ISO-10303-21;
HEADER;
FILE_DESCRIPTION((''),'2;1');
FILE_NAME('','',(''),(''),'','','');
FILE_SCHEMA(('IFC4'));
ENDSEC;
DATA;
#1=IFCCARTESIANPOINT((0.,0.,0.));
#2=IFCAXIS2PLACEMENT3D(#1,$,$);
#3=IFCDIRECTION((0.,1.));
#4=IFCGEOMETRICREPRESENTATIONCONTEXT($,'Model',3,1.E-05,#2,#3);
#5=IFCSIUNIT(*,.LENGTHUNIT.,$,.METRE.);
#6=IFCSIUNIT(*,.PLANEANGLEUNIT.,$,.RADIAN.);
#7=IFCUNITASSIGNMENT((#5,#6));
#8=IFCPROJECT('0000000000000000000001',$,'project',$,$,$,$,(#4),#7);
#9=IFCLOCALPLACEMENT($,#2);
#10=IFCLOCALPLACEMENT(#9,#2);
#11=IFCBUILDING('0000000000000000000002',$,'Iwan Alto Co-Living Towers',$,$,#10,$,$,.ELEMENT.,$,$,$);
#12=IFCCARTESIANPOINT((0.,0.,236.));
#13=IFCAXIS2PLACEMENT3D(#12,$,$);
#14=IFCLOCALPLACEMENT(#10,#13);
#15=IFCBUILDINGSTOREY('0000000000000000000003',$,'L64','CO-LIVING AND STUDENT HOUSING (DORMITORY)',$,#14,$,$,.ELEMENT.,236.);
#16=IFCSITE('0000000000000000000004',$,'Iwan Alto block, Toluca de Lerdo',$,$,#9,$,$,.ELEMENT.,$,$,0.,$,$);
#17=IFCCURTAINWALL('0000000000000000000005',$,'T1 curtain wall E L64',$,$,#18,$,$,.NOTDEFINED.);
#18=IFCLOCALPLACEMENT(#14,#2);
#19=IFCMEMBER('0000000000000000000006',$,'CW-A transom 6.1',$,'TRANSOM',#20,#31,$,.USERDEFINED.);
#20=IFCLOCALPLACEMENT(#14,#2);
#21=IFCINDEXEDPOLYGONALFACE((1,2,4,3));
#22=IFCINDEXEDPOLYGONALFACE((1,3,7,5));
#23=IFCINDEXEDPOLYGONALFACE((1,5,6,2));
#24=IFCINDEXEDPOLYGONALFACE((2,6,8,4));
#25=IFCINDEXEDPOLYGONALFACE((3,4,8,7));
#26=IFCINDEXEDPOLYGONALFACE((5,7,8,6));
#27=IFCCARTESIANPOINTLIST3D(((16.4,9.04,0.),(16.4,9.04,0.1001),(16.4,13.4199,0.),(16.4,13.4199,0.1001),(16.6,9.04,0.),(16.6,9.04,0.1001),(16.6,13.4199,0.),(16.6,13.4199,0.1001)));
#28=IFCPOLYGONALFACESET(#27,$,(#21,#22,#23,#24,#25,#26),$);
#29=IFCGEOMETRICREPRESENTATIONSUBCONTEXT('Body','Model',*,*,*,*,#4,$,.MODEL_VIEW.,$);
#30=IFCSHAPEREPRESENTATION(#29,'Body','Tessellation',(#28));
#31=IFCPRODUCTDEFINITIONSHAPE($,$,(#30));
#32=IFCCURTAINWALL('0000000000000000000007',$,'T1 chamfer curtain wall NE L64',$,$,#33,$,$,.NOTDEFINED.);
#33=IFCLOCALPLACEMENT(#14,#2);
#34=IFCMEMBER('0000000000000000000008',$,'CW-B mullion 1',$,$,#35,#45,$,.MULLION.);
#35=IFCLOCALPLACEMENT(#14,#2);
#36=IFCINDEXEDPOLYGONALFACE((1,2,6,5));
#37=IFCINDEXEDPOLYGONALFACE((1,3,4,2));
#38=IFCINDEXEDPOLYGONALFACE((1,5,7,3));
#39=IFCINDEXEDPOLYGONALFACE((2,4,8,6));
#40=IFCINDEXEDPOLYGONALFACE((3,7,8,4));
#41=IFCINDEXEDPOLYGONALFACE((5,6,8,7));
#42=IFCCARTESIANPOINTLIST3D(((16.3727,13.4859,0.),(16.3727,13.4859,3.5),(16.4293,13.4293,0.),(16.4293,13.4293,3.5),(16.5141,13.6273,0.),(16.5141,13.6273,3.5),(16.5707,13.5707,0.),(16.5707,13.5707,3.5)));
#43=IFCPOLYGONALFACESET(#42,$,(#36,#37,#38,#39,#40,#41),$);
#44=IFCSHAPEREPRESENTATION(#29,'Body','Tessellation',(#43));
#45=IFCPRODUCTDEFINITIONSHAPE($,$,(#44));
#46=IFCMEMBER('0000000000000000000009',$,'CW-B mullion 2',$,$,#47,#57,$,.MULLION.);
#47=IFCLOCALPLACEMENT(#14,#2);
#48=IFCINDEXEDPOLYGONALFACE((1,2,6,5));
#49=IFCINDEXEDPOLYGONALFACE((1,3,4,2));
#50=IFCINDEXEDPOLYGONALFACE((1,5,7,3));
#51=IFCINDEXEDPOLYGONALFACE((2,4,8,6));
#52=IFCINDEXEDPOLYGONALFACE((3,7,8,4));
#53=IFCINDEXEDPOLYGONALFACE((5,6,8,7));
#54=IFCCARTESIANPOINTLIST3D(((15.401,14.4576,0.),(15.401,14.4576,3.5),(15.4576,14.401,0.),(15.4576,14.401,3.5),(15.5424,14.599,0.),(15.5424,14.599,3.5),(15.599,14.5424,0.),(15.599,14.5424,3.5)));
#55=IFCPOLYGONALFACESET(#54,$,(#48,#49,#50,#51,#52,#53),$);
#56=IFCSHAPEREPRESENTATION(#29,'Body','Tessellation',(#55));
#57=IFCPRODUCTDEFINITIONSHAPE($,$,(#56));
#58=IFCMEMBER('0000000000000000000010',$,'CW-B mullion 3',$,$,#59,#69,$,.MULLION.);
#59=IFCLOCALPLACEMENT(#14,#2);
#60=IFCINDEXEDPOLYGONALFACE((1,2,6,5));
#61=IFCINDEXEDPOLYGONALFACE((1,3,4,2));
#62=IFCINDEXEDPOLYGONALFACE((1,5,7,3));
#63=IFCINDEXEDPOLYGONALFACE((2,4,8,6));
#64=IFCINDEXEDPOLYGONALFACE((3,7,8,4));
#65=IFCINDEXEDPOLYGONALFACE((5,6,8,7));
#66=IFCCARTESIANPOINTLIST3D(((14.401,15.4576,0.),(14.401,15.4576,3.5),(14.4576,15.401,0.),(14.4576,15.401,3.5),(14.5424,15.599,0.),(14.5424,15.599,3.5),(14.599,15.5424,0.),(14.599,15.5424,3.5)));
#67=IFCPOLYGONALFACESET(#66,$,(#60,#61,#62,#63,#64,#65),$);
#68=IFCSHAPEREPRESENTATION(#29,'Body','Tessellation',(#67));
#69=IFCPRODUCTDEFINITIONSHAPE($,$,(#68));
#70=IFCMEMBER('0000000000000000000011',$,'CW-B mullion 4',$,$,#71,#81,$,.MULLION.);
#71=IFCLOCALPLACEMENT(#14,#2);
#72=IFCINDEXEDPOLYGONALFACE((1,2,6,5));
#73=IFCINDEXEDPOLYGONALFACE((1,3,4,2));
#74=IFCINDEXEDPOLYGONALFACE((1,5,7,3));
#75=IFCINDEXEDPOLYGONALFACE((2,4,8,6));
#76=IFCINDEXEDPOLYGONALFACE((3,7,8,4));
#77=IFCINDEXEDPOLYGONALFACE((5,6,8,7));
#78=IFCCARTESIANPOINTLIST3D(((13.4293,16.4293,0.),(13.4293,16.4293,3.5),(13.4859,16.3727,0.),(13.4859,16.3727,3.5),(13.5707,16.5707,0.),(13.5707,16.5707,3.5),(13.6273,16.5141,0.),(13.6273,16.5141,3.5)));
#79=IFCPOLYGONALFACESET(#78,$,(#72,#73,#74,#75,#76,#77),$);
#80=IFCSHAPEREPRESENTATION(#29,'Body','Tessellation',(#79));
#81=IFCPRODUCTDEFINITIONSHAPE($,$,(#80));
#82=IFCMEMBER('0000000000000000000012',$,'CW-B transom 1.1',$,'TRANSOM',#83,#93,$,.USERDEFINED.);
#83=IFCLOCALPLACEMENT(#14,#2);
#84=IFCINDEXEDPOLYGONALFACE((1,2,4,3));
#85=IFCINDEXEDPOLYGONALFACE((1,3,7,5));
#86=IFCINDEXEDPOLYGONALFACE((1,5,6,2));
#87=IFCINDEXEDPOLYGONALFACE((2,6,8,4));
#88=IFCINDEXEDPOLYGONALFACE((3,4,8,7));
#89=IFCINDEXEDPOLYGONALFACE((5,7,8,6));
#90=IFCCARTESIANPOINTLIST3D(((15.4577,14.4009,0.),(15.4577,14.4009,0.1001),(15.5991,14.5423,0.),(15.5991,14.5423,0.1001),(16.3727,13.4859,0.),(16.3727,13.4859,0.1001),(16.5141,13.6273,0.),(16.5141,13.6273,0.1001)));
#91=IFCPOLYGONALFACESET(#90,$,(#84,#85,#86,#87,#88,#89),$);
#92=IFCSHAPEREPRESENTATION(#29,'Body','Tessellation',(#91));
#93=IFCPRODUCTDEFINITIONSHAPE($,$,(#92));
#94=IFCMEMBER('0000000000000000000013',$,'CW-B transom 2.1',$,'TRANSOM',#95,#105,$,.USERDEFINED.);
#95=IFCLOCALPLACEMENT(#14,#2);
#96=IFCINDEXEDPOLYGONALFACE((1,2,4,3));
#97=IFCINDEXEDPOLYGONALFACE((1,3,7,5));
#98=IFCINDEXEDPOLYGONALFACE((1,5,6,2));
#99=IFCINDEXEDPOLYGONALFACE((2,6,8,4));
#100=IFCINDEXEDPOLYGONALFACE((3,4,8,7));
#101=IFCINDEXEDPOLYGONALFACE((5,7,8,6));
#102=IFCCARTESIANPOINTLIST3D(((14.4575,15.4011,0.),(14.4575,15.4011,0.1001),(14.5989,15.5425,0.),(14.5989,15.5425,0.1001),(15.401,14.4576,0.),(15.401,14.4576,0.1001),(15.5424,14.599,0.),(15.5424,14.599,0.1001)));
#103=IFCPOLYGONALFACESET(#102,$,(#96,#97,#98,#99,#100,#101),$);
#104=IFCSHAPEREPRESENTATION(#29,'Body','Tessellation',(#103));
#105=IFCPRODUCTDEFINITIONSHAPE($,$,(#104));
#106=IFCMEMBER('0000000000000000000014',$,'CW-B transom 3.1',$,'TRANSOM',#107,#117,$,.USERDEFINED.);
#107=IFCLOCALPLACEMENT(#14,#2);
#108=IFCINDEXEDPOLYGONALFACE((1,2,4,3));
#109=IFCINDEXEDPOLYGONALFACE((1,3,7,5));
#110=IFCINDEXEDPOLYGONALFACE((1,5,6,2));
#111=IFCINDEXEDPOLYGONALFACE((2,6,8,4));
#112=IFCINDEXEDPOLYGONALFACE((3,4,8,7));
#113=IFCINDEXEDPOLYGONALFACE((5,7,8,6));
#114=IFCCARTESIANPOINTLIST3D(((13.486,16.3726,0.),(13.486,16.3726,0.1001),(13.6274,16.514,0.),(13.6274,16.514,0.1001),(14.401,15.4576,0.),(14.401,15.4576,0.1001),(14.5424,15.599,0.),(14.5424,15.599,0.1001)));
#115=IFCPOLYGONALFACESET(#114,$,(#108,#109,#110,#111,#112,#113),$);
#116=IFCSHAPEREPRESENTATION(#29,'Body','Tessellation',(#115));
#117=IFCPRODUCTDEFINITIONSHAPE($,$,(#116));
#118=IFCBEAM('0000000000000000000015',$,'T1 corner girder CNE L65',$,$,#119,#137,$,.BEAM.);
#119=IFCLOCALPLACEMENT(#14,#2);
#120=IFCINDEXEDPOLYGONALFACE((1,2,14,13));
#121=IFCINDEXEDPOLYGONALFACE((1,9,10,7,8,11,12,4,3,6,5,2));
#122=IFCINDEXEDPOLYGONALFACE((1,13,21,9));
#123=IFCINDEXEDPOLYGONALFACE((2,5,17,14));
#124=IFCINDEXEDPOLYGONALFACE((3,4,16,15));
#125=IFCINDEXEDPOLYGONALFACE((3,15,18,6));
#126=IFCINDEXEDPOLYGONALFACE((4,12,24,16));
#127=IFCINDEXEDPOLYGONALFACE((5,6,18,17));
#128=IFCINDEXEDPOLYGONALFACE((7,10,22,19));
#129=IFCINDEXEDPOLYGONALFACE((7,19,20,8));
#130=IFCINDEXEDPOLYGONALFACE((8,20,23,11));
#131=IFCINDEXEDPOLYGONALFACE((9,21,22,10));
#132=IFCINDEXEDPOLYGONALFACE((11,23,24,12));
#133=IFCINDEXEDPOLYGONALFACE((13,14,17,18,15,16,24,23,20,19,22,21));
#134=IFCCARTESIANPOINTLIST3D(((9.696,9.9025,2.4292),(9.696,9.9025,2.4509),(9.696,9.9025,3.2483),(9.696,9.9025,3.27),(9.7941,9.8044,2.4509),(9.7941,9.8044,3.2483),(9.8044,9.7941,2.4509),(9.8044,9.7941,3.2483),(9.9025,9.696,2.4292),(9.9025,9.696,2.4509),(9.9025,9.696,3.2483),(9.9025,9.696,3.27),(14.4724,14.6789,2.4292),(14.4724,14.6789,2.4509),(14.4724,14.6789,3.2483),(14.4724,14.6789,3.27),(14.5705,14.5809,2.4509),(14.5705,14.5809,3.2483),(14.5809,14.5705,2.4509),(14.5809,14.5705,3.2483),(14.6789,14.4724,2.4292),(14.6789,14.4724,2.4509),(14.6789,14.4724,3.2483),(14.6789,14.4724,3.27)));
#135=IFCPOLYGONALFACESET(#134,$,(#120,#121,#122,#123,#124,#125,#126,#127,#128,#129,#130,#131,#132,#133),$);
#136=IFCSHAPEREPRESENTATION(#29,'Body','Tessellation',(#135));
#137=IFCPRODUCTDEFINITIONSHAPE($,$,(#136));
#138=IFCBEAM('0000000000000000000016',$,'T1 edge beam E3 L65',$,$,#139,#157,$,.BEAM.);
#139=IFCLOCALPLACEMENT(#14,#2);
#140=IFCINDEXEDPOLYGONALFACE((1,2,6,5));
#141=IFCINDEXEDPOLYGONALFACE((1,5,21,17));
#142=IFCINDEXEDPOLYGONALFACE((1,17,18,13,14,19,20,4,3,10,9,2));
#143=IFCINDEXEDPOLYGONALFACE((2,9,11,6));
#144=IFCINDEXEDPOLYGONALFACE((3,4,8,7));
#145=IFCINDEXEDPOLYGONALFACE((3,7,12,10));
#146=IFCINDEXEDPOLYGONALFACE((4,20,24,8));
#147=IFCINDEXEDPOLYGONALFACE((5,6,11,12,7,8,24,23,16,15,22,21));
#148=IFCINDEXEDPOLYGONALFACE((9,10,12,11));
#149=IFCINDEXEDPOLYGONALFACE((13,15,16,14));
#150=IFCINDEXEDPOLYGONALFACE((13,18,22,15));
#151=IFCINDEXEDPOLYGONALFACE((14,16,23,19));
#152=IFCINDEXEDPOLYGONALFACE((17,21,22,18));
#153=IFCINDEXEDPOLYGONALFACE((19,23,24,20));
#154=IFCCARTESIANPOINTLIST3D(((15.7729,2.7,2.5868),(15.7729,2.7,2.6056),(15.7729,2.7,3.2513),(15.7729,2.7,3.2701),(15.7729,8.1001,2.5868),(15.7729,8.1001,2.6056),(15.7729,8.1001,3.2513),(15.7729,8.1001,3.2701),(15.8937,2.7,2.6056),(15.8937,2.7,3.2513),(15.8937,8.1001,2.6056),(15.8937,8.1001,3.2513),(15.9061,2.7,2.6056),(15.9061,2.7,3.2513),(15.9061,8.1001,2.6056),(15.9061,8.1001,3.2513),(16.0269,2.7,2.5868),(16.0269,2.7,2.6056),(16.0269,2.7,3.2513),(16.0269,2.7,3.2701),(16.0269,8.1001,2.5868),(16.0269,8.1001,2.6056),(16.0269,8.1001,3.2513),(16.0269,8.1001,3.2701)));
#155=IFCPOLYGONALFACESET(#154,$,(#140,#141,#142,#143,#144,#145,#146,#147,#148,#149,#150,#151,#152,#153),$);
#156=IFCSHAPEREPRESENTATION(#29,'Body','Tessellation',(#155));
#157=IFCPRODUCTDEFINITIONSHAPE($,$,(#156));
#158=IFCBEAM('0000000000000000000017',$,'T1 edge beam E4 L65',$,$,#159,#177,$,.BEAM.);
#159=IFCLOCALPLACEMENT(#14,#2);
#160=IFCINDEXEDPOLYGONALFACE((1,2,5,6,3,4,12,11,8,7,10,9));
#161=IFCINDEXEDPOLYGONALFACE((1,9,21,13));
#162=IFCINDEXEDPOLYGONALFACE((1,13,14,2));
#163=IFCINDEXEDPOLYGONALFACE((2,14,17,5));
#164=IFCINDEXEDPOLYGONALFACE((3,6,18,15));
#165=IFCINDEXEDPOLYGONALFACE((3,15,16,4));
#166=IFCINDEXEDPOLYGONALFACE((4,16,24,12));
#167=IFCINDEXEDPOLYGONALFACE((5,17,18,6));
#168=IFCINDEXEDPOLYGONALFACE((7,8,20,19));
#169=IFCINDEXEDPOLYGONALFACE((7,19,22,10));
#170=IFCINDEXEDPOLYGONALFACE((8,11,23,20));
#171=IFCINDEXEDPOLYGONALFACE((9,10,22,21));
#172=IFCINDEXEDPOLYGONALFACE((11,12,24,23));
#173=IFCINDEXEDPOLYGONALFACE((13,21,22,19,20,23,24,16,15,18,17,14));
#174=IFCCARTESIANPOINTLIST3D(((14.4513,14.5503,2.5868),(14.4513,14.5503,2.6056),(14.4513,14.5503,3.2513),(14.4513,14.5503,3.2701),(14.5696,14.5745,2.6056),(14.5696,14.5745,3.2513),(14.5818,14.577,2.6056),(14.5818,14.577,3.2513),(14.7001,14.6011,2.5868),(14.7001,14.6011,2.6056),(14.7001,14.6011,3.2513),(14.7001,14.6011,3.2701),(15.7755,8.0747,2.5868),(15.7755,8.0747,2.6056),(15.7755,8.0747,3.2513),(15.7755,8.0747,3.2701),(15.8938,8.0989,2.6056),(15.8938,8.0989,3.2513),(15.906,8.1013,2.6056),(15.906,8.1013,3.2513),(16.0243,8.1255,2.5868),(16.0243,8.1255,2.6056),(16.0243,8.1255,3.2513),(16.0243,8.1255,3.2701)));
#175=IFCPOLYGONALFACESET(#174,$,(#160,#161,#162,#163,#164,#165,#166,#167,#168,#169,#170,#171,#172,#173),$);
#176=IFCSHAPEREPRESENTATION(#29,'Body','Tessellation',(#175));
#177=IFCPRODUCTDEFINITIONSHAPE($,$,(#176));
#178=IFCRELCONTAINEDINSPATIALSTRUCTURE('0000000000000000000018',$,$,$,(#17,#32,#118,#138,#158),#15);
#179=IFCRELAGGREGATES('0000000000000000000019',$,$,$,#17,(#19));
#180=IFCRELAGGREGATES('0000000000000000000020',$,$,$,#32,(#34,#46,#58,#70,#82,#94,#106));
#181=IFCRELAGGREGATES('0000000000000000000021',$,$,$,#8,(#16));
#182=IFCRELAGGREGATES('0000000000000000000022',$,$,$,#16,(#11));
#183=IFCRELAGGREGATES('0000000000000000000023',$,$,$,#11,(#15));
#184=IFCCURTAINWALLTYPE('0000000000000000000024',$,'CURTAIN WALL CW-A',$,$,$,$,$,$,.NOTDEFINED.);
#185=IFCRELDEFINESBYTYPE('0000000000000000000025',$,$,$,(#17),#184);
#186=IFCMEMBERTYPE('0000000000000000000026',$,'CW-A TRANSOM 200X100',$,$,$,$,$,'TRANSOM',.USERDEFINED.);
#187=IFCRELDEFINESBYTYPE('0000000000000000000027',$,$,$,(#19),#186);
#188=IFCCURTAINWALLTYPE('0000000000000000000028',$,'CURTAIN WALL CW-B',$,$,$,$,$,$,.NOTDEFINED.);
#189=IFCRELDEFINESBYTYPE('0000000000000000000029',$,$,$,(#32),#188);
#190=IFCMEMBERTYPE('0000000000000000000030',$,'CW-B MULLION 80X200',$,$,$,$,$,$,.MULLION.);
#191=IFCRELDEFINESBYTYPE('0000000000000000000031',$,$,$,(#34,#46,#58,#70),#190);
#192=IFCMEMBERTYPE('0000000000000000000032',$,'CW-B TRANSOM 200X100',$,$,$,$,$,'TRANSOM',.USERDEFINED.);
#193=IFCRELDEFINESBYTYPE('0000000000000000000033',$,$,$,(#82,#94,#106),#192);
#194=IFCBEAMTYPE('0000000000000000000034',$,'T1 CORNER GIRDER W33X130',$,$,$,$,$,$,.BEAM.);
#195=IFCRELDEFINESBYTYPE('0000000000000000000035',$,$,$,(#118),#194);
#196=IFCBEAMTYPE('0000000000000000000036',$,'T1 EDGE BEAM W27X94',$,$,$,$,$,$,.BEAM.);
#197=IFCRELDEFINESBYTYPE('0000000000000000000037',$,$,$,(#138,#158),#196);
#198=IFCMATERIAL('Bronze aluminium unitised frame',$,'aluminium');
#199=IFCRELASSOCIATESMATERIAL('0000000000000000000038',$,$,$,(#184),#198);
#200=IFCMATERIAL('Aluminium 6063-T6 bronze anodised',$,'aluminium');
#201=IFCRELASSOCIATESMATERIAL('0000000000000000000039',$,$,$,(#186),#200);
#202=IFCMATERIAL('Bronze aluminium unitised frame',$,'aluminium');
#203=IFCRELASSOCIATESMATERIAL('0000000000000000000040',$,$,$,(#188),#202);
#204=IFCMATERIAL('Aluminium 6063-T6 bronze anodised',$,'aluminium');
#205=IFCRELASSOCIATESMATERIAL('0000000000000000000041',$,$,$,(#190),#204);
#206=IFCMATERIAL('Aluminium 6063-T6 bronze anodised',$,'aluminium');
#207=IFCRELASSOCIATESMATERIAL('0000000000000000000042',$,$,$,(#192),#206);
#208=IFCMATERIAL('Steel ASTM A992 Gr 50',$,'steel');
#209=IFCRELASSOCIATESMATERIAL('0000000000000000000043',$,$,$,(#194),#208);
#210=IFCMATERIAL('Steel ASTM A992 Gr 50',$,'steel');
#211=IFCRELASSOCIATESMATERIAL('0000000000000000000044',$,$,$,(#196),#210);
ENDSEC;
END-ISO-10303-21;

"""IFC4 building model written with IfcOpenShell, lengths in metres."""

from ifc_helpers import new_model, si_unit, direction, frame, origin, origin_2d, place, context, subcontext, project, spatial, rectangle, i_section, extrude, material, material_profile, profile_set, type_object, element, aggregate, save


model = new_model("IFC4")

# Units and contexts
model_context = context("Model", 3, precision=1e-05, world=origin(), true_north=direction((0.0, 1.0)))
body_context = subcontext(model_context, "Body", "Model", "MODEL_VIEW")
ifc_project = project(units=[si_unit("LENGTHUNIT", "METRE"), si_unit("PLANEANGLEUNIT", "RADIAN")], contexts=[model_context])

# Site, building, storey
site_placement = place(None, origin())
site = spatial("IfcSite", under=ifc_project, at=site_placement, Name="Iwan Alto block, Toluca de Lerdo", CompositionType="ELEMENT", RefElevation=0.0)
building_placement = place(site_placement, origin())
building = spatial("IfcBuilding", under=site, at=building_placement, Name="Iwan Alto Co-Living Towers", CompositionType="ELEMENT")
storey_placement = place(building_placement, frame((0.0, 0.0, 236.0)))
storey = spatial("IfcBuildingStorey", under=building, at=storey_placement, Name="L64", Description="CO-LIVING AND STUDENT HOUSING (DORMITORY)", CompositionType="ELEMENT", Elevation=236.0)

# Curtain wall
ifc_material_1 = material(Name="Bronze aluminium unitised frame", Category="aluminium")
curtain_wall_type_1 = type_object("IfcCurtainWallType", Name="CURTAIN WALL CW-A", PredefinedType="NOTDEFINED", material=ifc_material_1)
curtain_wall_1_placement = place(storey_placement, origin())
curtain_wall_1 = element("IfcCurtainWall", 1, at=curtain_wall_1_placement, inside=storey, type_object=curtain_wall_type_1, Name="T1 curtain wall E L64", PredefinedType="NOTDEFINED")

# Member
ifc_material_2 = material(Name="Aluminium 6063-T6 bronze anodised", Category="aluminium")
ifc_material_profile_1 = material_profile(ifc_material_2, rectangle(XDim=0.2, YDim=0.1001, at=origin_2d()), Name="AL 200X100")
ifc_profile_set_1 = profile_set([ifc_material_profile_1], Name="Aluminium 6063-T6 bronze anodised")
member_type_1 = type_object("IfcMemberType", Name="CW-A TRANSOM 200X100", ElementType="TRANSOM", PredefinedType="USERDEFINED", material=ifc_profile_set_1)
member_1_placement = place(storey_placement, frame((16.5, 9.04, 0.05), z_axis=(0.0, 1.0, 0.0), x_axis=(-1.0, 0.0, 0.0)))
member_1 = element("IfcMember", 2, at=member_1_placement, type_object=member_type_1, Name="CW-A transom 6.1", ObjectType="TRANSOM", PredefinedType="USERDEFINED", context=body_context, shape_type="SweptSolid", body=[
    extrude(rectangle(XDim=0.2, YDim=0.1001, at=origin_2d()), origin(), (0.0, 0.0, 1.0), 4.3799),
])

# Curtain wall, members
ifc_material_3 = material(Name="Bronze aluminium unitised frame", Category="aluminium")
curtain_wall_type_2 = type_object("IfcCurtainWallType", Name="CURTAIN WALL CW-B", PredefinedType="NOTDEFINED", material=ifc_material_3)
curtain_wall_2_placement = place(storey_placement, origin())
curtain_wall_2 = element("IfcCurtainWall", 3, at=curtain_wall_2_placement, inside=storey, type_object=curtain_wall_type_2, Name="T1 chamfer curtain wall NE L64", PredefinedType="NOTDEFINED")
ifc_material_4 = material(Name="Aluminium 6063-T6 bronze anodised", Category="aluminium")
ifc_material_profile_2 = material_profile(ifc_material_4, rectangle(XDim=0.2, YDim=0.0801, at=origin_2d()), Name="AL 80X200")
ifc_profile_set_2 = profile_set([ifc_material_profile_2], Name="Aluminium 6063-T6 bronze anodised")
member_type_2 = type_object("IfcMemberType", Name="CW-B MULLION 80X200", PredefinedType="MULLION", material=ifc_profile_set_2)
member_2_placement = place(storey_placement, frame((16.4717, 13.5283, 0.0), z_axis=(0.0, 0.0, 1.0), x_axis=(-0.707107, -0.707107, 0.0)))
member_2 = element("IfcMember", 4, at=member_2_placement, type_object=member_type_2, Name="CW-B mullion 1", PredefinedType="MULLION", context=body_context, shape_type="SweptSolid", body=[
    extrude(rectangle(XDim=0.2, YDim=0.0801, at=origin_2d()), origin(), (0.0, 0.0, 1.0), 3.5),
])
member_3_placement = place(storey_placement, frame((15.5, 14.5, 0.0), z_axis=(0.0, 0.0, 1.0), x_axis=(-0.707107, -0.707107, 0.0)))
member_3 = element("IfcMember", 5, at=member_3_placement, type_object=member_type_2, Name="CW-B mullion 2", PredefinedType="MULLION", context=body_context, shape_type="SweptSolid", body=[
    extrude(rectangle(XDim=0.2, YDim=0.0801, at=origin_2d()), origin(), (0.0, 0.0, 1.0), 3.5),
])
member_4_placement = place(storey_placement, frame((14.5, 15.5, 0.0), z_axis=(0.0, 0.0, 1.0), x_axis=(-0.707107, -0.707107, 0.0)))
member_4 = element("IfcMember", 6, at=member_4_placement, type_object=member_type_2, Name="CW-B mullion 3", PredefinedType="MULLION", context=body_context, shape_type="SweptSolid", body=[
    extrude(rectangle(XDim=0.2, YDim=0.0801, at=origin_2d()), origin(), (0.0, 0.0, 1.0), 3.5),
])
member_5_placement = place(storey_placement, frame((13.5283, 16.4717, 0.0), z_axis=(0.0, 0.0, 1.0), x_axis=(-0.707107, -0.707107, 0.0)))
member_5 = element("IfcMember", 7, at=member_5_placement, type_object=member_type_2, Name="CW-B mullion 4", PredefinedType="MULLION", context=body_context, shape_type="SweptSolid", body=[
    extrude(rectangle(XDim=0.2, YDim=0.0801, at=origin_2d()), origin(), (0.0, 0.0, 1.0), 3.5),
])
ifc_material_5 = material(Name="Aluminium 6063-T6 bronze anodised", Category="aluminium")
ifc_material_profile_3 = material_profile(ifc_material_5, rectangle(XDim=0.2, YDim=0.1001, at=origin_2d()), Name="AL 200X100")
ifc_profile_set_3 = profile_set([ifc_material_profile_3], Name="Aluminium 6063-T6 bronze anodised")
member_type_3 = type_object("IfcMemberType", Name="CW-B TRANSOM 200X100", ElementType="TRANSOM", PredefinedType="USERDEFINED", material=ifc_profile_set_3)
member_6_placement = place(storey_placement, frame((16.4434, 13.5566, 0.05), z_axis=(-0.707107, 0.707107, 0.0), x_axis=(-0.707107, -0.707107, 0.0)))
member_6 = element("IfcMember", 8, at=member_6_placement, type_object=member_type_3, Name="CW-B transom 1.1", ObjectType="TRANSOM", PredefinedType="USERDEFINED", context=body_context, shape_type="SweptSolid", body=[
    extrude(rectangle(XDim=0.2, YDim=0.1001, at=origin_2d()), origin(), (0.0, 0.0, 1.0), 1.2939),
])
member_7_placement = place(storey_placement, frame((15.4717, 14.5283, 0.05), z_axis=(-0.707107, 0.707107, 0.0), x_axis=(-0.707107, -0.707107, 0.0)))
member_7 = element("IfcMember", 9, at=member_7_placement, type_object=member_type_3, Name="CW-B transom 2.1", ObjectType="TRANSOM", PredefinedType="USERDEFINED", context=body_context, shape_type="SweptSolid", body=[
    extrude(rectangle(XDim=0.2, YDim=0.1001, at=origin_2d()), origin(), (0.0, 0.0, 1.0), 1.3342),
])
member_8_placement = place(storey_placement, frame((14.4717, 15.5283, 0.05), z_axis=(-0.707107, 0.707107, 0.0), x_axis=(-0.707107, -0.707107, 0.0)))
member_8 = element("IfcMember", 10, at=member_8_placement, type_object=member_type_3, Name="CW-B transom 3.1", ObjectType="TRANSOM", PredefinedType="USERDEFINED", context=body_context, shape_type="SweptSolid", body=[
    extrude(rectangle(XDim=0.2, YDim=0.1001, at=origin_2d()), origin(), (0.0, 0.0, 1.0), 1.2939),
])

# Beams
ifc_material_6 = material(Name="Steel ASTM A992 Gr 50", Category="steel")
ifc_material_profile_4 = material_profile(ifc_material_6, i_section(OverallWidth=0.292, OverallDepth=0.8408, WebThickness=0.0146, FlangeThickness=0.0217, at=origin_2d()), Name="W33X130")
ifc_profile_set_4 = profile_set([ifc_material_profile_4], Name="Steel ASTM A992 Gr 50")
beam_type_1 = type_object("IfcBeamType", Name="T1 CORNER GIRDER W33X130", PredefinedType="BEAM", material=ifc_profile_set_4)
beam_1_placement = place(storey_placement, frame((14.5757, 14.5757, 2.8496), z_axis=(-0.707107, -0.707107, 0.0), x_axis=(0.707107, -0.707107, 0.0)))
element("IfcBeam", 11, at=beam_1_placement, inside=storey, type_object=beam_type_1, Name="T1 corner girder CNE L65", PredefinedType="BEAM", context=body_context, shape_type="SweptSolid", body=[
    extrude(i_section(OverallWidth=0.292, OverallDepth=0.8408, WebThickness=0.0146, FlangeThickness=0.0217, at=origin_2d()), origin(), (0.0, 0.0, 1.0), 6.7549),
])
ifc_material_7 = material(Name="Steel ASTM A992 Gr 50", Category="steel")
ifc_material_profile_5 = material_profile(ifc_material_7, i_section(OverallWidth=0.2539, OverallDepth=0.6833, WebThickness=0.0125, FlangeThickness=0.0188, at=origin_2d()), Name="W27X94")
ifc_profile_set_5 = profile_set([ifc_material_profile_5], Name="Steel ASTM A992 Gr 50")
beam_type_2 = type_object("IfcBeamType", Name="T1 EDGE BEAM W27X94", PredefinedType="BEAM", material=ifc_profile_set_5)
beam_2_placement = place(storey_placement, frame((15.8999, 2.7, 2.9285), z_axis=(0.0, 1.0, 0.0), x_axis=(-1.0, 0.0, 0.0)))
element("IfcBeam", 12, at=beam_2_placement, inside=storey, type_object=beam_type_2, Name="T1 edge beam E3 L65", PredefinedType="BEAM", context=body_context, shape_type="SweptSolid", body=[
    extrude(i_section(OverallWidth=0.2539, OverallDepth=0.6833, WebThickness=0.0125, FlangeThickness=0.0188, at=origin_2d()), origin(), (0.0, 0.0, 1.0), 5.4001),
])
for number, where, z_axis, x_axis, name in (
    (13, (15.8999, 8.1001, 2.9285), (-0.200348, 0.979725, 0.0), (-0.979725, -0.200348, 0.0), "T1 edge beam E4 L65"),
):
    element("IfcBeam", number, at=place(storey_placement, frame(where, z_axis=z_axis, x_axis=x_axis)), inside=storey, type_object=beam_type_2, Name=name, PredefinedType="BEAM", context=body_context, shape_type="SweptSolid", body=[
        extrude(i_section(OverallWidth=0.2539, OverallDepth=0.6833, WebThickness=0.0125, FlangeThickness=0.0188, at=origin_2d()), origin(), (0.0, 0.0, 1.0), 6.6096),
    ])

aggregate(curtain_wall_1, [member_1])
aggregate(curtain_wall_2, [member_2, member_3, member_4, member_5, member_6, member_7, member_8])

save(model, "model.ifc")
